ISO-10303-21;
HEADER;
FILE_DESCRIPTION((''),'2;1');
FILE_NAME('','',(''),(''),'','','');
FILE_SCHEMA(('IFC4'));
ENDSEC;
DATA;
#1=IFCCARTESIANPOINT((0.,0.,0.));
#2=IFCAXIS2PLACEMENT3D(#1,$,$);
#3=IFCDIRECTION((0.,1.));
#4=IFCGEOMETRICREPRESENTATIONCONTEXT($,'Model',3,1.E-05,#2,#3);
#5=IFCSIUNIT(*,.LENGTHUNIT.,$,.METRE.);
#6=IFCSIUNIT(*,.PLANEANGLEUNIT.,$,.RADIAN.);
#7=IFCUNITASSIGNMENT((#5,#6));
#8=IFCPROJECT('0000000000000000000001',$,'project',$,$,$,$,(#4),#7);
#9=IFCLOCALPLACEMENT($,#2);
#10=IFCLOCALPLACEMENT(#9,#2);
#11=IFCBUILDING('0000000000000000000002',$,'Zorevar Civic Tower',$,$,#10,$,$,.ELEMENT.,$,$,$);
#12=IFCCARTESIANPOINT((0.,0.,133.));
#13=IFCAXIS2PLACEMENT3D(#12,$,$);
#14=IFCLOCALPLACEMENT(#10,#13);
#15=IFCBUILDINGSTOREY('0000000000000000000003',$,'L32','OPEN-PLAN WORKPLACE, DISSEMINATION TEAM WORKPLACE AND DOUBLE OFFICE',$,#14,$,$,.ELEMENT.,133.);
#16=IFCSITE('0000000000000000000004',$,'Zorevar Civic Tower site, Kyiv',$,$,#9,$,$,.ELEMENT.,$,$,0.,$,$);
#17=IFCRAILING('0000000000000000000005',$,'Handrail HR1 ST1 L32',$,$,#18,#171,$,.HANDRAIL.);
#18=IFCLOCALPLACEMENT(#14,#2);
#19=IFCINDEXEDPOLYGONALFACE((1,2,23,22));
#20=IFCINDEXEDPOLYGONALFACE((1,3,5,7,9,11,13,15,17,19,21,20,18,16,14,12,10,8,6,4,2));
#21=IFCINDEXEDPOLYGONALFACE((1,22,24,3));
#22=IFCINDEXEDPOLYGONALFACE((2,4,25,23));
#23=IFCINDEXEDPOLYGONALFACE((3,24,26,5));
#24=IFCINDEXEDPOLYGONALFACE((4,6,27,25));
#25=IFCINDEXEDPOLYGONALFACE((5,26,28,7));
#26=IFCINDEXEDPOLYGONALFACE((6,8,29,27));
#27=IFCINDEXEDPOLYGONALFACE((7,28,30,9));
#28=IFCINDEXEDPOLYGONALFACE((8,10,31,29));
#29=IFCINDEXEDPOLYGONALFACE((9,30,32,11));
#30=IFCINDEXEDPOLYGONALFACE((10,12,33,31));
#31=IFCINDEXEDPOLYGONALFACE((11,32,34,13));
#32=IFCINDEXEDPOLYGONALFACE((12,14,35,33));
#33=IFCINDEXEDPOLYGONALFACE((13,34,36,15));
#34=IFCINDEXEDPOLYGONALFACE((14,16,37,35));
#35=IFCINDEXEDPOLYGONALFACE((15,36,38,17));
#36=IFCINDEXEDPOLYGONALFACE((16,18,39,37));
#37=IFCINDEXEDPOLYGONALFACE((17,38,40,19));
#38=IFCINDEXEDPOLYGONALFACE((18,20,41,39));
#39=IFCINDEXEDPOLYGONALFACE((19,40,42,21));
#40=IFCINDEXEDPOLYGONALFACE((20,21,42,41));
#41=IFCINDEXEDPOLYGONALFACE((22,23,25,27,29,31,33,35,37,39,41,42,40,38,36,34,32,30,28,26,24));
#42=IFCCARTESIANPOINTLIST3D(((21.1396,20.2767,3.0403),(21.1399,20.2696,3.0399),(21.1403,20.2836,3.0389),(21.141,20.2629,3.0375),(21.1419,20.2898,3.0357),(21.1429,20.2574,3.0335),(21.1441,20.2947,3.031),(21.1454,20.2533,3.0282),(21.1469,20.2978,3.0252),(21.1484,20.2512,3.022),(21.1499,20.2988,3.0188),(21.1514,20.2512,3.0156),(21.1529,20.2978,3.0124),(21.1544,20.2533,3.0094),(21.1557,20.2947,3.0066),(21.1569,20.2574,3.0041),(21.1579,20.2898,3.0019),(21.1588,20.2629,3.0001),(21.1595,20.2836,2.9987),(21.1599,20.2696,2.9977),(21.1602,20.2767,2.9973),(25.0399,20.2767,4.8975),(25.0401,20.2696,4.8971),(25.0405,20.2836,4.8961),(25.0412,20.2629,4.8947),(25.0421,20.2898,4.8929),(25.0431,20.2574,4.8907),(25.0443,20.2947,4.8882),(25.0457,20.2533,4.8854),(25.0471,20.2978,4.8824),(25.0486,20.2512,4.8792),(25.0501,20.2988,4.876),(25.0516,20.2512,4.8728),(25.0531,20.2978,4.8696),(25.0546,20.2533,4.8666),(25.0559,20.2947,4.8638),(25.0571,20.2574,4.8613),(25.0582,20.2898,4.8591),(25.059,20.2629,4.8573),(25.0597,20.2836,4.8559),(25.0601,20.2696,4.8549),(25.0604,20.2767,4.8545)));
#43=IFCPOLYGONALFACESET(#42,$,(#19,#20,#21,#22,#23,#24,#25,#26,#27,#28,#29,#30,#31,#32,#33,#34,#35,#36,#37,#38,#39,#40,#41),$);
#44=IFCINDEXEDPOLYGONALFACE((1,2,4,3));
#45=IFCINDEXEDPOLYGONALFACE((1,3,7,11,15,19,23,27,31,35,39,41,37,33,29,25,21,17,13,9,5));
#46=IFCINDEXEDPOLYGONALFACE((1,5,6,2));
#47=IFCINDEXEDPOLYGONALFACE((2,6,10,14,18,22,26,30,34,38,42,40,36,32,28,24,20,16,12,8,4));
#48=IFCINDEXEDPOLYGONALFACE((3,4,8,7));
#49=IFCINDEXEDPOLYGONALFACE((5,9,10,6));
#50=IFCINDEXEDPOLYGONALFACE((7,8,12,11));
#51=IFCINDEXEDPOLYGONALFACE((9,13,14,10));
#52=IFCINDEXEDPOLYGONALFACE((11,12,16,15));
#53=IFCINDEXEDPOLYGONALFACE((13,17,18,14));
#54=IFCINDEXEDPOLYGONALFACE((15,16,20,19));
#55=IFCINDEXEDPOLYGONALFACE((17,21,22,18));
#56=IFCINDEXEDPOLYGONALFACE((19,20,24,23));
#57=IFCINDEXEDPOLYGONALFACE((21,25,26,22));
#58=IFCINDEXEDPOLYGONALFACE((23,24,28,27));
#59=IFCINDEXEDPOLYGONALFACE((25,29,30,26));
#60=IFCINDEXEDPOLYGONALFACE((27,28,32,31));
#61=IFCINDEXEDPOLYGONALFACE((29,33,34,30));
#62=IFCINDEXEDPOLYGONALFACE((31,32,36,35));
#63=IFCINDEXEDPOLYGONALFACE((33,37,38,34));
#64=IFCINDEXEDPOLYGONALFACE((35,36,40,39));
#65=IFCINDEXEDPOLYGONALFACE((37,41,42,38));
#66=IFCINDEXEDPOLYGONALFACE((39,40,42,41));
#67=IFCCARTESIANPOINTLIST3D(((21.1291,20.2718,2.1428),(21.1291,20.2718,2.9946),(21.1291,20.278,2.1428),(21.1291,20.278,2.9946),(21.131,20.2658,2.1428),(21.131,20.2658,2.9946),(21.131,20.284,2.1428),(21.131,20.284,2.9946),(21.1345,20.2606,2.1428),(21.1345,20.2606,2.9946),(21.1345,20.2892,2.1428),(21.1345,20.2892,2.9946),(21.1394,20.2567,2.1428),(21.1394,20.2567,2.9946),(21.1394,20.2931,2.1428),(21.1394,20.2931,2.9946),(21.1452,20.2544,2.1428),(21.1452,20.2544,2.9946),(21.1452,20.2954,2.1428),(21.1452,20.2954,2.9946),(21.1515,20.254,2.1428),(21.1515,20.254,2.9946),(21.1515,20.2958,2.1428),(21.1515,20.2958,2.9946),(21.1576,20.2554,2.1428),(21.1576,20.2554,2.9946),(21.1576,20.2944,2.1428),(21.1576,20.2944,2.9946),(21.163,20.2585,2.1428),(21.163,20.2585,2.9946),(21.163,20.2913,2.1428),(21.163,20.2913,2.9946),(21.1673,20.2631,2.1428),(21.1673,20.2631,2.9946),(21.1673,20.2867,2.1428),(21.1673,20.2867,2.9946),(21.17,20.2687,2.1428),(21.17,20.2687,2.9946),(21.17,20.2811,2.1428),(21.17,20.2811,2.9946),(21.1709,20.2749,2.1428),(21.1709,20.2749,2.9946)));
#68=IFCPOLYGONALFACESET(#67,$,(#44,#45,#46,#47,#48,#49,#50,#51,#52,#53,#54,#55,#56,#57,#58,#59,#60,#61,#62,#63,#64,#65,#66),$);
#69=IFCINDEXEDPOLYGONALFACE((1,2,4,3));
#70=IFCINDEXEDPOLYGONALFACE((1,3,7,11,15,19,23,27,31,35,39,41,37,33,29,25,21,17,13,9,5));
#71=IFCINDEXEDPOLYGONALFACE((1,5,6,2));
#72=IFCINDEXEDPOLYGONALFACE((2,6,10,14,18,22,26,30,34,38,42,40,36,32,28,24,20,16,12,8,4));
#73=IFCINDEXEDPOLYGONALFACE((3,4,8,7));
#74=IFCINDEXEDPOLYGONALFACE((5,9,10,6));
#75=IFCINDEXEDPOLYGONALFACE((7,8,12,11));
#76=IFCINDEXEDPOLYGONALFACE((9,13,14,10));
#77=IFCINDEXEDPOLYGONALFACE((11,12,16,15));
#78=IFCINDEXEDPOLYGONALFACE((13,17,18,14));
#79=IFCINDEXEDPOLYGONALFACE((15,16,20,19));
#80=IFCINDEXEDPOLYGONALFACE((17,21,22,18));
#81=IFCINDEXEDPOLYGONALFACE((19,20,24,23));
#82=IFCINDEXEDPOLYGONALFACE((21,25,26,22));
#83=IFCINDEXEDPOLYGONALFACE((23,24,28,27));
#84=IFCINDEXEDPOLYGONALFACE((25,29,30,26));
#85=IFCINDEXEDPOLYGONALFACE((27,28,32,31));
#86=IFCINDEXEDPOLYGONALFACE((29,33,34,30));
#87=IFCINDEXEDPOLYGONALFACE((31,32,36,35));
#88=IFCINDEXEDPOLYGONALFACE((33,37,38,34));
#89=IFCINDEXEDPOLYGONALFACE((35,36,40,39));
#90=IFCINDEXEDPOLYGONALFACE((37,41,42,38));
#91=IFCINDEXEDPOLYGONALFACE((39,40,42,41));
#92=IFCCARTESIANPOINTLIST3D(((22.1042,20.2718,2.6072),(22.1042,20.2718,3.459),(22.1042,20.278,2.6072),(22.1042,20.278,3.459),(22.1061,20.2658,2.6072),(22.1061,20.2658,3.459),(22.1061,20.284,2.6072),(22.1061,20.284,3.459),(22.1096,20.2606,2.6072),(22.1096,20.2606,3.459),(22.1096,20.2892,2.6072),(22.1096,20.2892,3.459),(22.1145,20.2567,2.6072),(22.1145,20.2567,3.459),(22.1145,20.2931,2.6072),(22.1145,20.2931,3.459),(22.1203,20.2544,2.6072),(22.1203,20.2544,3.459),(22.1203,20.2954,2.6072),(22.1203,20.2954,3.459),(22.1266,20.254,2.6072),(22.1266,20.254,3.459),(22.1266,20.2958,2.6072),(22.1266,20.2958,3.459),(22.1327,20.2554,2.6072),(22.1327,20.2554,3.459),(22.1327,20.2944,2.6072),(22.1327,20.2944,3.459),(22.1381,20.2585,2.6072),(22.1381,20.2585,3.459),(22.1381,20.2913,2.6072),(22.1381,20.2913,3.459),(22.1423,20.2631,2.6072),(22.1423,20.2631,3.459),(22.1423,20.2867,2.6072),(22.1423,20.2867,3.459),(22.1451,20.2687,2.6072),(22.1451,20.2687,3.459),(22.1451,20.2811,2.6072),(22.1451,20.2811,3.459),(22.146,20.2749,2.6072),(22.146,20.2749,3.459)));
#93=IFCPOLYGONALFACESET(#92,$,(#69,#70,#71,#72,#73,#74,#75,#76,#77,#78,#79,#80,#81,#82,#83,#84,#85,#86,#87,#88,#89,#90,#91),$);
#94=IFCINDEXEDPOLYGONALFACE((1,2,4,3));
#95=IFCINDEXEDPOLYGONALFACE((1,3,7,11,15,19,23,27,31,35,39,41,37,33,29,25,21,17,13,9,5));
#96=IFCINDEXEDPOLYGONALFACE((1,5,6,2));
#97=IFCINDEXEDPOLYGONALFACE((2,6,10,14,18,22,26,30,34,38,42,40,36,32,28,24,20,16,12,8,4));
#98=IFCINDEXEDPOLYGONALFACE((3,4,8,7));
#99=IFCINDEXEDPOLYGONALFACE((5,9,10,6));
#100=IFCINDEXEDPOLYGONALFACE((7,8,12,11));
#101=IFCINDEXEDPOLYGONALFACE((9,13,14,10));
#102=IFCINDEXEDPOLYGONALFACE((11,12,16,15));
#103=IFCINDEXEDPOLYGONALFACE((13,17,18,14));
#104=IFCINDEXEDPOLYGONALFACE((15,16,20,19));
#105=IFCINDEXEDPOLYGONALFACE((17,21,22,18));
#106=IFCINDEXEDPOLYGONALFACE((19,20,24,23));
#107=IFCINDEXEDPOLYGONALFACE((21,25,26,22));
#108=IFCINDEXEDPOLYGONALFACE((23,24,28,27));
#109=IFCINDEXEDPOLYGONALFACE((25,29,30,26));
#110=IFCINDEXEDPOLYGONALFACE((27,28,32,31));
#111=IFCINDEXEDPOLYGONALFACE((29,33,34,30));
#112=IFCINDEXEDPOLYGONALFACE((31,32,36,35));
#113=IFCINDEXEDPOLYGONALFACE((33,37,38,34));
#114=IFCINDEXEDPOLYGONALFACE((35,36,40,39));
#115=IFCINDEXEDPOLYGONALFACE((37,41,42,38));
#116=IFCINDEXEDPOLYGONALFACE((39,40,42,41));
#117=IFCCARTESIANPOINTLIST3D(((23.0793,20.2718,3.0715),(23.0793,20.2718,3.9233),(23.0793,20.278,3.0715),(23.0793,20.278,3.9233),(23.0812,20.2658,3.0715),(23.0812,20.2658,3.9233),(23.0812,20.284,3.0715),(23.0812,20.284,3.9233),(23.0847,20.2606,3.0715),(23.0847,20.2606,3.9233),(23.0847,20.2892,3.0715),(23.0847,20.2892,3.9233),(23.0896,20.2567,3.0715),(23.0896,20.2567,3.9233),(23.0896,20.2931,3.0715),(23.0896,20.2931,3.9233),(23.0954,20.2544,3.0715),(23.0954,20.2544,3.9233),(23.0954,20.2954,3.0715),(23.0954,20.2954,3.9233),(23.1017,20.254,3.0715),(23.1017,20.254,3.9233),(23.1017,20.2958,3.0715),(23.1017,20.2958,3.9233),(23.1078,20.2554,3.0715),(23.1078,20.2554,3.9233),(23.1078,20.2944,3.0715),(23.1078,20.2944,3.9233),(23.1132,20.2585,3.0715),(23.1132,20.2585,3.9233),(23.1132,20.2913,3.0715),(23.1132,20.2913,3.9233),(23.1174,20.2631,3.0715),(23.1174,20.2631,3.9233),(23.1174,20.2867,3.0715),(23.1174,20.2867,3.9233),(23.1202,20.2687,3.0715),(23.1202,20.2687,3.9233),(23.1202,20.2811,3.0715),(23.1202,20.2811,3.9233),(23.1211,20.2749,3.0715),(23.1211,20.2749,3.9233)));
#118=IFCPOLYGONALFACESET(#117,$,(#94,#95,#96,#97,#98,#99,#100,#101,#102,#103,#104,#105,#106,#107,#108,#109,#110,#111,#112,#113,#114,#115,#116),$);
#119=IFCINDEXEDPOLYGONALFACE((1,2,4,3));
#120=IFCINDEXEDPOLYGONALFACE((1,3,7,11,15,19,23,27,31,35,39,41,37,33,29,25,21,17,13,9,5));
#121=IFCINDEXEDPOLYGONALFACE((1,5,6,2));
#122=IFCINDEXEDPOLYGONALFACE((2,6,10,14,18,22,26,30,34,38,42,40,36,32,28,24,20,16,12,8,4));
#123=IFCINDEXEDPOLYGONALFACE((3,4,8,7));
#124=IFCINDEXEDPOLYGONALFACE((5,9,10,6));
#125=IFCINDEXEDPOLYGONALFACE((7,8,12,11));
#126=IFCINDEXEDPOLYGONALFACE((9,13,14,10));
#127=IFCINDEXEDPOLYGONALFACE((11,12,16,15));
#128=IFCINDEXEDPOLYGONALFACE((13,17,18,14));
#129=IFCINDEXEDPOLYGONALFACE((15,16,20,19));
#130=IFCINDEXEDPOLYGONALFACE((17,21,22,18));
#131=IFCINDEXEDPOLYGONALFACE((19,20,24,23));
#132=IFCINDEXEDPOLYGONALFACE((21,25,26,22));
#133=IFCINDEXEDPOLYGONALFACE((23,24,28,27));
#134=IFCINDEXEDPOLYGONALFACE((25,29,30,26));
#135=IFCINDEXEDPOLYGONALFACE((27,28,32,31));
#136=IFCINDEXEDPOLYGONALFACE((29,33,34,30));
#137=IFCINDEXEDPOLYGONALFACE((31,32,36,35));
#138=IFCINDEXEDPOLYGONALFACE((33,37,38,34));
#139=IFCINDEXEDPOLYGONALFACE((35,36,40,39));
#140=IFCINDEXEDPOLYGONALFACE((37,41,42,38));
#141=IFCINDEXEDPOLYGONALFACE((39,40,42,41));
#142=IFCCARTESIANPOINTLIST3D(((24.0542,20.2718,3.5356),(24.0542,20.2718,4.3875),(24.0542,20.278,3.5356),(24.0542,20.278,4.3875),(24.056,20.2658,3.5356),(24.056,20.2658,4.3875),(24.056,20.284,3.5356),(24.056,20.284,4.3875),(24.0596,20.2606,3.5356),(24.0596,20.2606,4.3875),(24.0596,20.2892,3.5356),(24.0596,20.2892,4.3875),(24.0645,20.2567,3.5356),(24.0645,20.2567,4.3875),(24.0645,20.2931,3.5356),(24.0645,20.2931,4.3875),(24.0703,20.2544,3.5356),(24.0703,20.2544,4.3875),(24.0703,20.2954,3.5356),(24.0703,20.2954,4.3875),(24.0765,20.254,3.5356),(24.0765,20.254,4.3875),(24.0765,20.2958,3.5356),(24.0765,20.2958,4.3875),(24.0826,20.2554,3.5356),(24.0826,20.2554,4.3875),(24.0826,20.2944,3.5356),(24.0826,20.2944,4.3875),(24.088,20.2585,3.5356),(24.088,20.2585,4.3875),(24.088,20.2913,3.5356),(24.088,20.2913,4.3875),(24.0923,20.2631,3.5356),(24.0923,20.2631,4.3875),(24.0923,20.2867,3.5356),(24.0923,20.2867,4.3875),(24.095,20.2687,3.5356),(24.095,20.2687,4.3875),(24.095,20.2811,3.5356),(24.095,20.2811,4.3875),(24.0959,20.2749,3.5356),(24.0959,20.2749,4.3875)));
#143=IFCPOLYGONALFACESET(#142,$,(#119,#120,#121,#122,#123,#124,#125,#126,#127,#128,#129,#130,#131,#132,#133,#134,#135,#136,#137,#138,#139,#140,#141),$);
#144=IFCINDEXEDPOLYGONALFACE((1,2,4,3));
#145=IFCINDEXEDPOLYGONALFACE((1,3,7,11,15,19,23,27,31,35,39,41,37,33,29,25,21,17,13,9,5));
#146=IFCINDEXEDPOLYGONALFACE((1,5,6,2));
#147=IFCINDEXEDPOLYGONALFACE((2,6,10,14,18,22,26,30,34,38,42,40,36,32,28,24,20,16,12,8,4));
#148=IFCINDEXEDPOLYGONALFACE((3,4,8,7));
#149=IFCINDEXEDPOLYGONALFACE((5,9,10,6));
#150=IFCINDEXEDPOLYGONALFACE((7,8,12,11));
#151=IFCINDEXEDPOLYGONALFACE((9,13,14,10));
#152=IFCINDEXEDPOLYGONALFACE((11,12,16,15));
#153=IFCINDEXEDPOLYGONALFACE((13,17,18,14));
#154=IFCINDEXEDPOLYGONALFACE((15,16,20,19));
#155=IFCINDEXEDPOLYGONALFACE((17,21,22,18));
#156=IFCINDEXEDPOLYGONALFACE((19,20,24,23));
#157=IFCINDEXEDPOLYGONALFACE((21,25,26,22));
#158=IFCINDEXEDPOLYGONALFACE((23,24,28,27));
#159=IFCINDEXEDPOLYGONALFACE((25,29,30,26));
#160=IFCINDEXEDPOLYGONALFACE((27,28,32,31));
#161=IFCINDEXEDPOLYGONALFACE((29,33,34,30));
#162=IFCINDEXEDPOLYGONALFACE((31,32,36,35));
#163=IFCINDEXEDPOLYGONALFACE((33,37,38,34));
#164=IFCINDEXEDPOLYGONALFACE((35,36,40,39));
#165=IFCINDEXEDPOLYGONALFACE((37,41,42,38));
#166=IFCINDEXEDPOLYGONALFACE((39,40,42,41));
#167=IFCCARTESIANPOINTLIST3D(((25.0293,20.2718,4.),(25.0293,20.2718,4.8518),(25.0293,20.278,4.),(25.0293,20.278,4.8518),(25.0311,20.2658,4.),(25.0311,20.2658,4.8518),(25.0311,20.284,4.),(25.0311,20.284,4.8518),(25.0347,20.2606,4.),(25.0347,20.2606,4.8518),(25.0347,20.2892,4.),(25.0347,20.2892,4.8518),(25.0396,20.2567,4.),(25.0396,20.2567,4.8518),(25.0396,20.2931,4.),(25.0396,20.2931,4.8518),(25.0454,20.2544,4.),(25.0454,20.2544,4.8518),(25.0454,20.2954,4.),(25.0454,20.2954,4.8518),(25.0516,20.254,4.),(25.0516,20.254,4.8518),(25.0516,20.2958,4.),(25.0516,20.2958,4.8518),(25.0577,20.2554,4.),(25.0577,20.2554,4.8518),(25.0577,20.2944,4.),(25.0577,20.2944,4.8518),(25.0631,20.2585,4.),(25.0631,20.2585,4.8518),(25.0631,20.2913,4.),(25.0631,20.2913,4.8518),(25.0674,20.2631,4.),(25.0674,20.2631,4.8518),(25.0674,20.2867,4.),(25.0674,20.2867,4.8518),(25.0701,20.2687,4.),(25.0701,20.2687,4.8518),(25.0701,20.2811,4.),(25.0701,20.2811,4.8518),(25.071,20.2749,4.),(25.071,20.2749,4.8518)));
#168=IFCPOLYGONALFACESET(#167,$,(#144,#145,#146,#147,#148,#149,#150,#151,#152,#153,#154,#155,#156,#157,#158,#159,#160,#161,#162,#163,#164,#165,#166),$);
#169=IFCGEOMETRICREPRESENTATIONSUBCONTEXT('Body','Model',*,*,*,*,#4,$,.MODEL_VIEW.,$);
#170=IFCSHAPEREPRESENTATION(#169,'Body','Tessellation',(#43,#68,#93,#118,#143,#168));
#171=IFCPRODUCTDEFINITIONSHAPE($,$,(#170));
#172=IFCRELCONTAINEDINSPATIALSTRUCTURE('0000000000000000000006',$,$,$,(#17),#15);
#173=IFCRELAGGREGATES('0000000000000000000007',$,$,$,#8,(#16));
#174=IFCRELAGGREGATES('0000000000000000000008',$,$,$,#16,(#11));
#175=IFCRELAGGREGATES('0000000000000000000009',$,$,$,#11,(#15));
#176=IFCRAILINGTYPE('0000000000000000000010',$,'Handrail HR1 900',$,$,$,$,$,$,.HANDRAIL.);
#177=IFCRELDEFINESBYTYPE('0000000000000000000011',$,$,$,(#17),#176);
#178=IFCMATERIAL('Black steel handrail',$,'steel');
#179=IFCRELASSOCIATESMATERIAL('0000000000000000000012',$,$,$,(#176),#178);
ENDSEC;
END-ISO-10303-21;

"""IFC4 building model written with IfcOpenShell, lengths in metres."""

from ifc_helpers import new_model, si_unit, direction, frame, origin, origin_2d, place, context, subcontext, project, spatial, circle, extrude, material, type_object, element, save


model = new_model("IFC4")

# Units and contexts
model_context = context("Model", 3, precision=1e-05, world=origin(), true_north=direction((0.0, 1.0)))
body_context = subcontext(model_context, "Body", "Model", "MODEL_VIEW")
ifc_project = project(units=[si_unit("LENGTHUNIT", "METRE"), si_unit("PLANEANGLEUNIT", "RADIAN")], contexts=[model_context])

# Site, building, storey
site_placement = place(None, origin())
site = spatial("IfcSite", under=ifc_project, at=site_placement, Name="Zorevar Civic Tower site, Kyiv", CompositionType="ELEMENT", RefElevation=0.0)
building_placement = place(site_placement, origin())
building = spatial("IfcBuilding", under=site, at=building_placement, Name="Zorevar Civic Tower", CompositionType="ELEMENT")
storey_placement = place(building_placement, frame((0.0, 0.0, 133.0)))
storey = spatial("IfcBuildingStorey", under=building, at=storey_placement, Name="L32", Description="OPEN-PLAN WORKPLACE, DISSEMINATION TEAM WORKPLACE AND DOUBLE OFFICE", CompositionType="ELEMENT", Elevation=133.0)

# Railing
ifc_material_1 = material(Name="Black steel handrail", Category="steel")
railing_type = type_object("IfcRailingType", Name="Handrail HR1 900", PredefinedType="HANDRAIL", material=ifc_material_1)
railing_1_placement = place(storey_placement, frame((21.1499, 20.2749, 2.1428)))
element("IfcRailing", 1, at=railing_1_placement, inside=storey, type_object=railing_type, Name="Handrail HR1 ST1 L32", PredefinedType="HANDRAIL", context=body_context, shape_type="SweptSolid", body=[
    extrude(circle(Radius=0.0239, at=origin_2d()), frame((0.0, 0.0, 0.876), z_axis=(0.902864, 0.0, 0.429927), x_axis=(0.0, 1.0, 0.0)), (0.0, 0.0, 1.0), 4.3198),
    extrude(circle(Radius=0.021, at=origin_2d()), origin(), (0.0, 0.0, 1.0), 0.8518),
    extrude(circle(Radius=0.021, at=origin_2d()), frame((0.9751, 0.0, 0.4644)), (0.0, 0.0, 1.0), 0.8518),
    extrude(circle(Radius=0.021, at=origin_2d()), frame((1.9502, 0.0, 0.9287)), (0.0, 0.0, 1.0), 0.8518),
    extrude(circle(Radius=0.021, at=origin_2d()), frame((2.925, 0.0, 1.3928)), (0.0, 0.0, 1.0), 0.8518),
    extrude(circle(Radius=0.021, at=origin_2d()), frame((3.9001, 0.0, 1.8572)), (0.0, 0.0, 1.0), 0.8518),
])

save(model, "model.ifc")
